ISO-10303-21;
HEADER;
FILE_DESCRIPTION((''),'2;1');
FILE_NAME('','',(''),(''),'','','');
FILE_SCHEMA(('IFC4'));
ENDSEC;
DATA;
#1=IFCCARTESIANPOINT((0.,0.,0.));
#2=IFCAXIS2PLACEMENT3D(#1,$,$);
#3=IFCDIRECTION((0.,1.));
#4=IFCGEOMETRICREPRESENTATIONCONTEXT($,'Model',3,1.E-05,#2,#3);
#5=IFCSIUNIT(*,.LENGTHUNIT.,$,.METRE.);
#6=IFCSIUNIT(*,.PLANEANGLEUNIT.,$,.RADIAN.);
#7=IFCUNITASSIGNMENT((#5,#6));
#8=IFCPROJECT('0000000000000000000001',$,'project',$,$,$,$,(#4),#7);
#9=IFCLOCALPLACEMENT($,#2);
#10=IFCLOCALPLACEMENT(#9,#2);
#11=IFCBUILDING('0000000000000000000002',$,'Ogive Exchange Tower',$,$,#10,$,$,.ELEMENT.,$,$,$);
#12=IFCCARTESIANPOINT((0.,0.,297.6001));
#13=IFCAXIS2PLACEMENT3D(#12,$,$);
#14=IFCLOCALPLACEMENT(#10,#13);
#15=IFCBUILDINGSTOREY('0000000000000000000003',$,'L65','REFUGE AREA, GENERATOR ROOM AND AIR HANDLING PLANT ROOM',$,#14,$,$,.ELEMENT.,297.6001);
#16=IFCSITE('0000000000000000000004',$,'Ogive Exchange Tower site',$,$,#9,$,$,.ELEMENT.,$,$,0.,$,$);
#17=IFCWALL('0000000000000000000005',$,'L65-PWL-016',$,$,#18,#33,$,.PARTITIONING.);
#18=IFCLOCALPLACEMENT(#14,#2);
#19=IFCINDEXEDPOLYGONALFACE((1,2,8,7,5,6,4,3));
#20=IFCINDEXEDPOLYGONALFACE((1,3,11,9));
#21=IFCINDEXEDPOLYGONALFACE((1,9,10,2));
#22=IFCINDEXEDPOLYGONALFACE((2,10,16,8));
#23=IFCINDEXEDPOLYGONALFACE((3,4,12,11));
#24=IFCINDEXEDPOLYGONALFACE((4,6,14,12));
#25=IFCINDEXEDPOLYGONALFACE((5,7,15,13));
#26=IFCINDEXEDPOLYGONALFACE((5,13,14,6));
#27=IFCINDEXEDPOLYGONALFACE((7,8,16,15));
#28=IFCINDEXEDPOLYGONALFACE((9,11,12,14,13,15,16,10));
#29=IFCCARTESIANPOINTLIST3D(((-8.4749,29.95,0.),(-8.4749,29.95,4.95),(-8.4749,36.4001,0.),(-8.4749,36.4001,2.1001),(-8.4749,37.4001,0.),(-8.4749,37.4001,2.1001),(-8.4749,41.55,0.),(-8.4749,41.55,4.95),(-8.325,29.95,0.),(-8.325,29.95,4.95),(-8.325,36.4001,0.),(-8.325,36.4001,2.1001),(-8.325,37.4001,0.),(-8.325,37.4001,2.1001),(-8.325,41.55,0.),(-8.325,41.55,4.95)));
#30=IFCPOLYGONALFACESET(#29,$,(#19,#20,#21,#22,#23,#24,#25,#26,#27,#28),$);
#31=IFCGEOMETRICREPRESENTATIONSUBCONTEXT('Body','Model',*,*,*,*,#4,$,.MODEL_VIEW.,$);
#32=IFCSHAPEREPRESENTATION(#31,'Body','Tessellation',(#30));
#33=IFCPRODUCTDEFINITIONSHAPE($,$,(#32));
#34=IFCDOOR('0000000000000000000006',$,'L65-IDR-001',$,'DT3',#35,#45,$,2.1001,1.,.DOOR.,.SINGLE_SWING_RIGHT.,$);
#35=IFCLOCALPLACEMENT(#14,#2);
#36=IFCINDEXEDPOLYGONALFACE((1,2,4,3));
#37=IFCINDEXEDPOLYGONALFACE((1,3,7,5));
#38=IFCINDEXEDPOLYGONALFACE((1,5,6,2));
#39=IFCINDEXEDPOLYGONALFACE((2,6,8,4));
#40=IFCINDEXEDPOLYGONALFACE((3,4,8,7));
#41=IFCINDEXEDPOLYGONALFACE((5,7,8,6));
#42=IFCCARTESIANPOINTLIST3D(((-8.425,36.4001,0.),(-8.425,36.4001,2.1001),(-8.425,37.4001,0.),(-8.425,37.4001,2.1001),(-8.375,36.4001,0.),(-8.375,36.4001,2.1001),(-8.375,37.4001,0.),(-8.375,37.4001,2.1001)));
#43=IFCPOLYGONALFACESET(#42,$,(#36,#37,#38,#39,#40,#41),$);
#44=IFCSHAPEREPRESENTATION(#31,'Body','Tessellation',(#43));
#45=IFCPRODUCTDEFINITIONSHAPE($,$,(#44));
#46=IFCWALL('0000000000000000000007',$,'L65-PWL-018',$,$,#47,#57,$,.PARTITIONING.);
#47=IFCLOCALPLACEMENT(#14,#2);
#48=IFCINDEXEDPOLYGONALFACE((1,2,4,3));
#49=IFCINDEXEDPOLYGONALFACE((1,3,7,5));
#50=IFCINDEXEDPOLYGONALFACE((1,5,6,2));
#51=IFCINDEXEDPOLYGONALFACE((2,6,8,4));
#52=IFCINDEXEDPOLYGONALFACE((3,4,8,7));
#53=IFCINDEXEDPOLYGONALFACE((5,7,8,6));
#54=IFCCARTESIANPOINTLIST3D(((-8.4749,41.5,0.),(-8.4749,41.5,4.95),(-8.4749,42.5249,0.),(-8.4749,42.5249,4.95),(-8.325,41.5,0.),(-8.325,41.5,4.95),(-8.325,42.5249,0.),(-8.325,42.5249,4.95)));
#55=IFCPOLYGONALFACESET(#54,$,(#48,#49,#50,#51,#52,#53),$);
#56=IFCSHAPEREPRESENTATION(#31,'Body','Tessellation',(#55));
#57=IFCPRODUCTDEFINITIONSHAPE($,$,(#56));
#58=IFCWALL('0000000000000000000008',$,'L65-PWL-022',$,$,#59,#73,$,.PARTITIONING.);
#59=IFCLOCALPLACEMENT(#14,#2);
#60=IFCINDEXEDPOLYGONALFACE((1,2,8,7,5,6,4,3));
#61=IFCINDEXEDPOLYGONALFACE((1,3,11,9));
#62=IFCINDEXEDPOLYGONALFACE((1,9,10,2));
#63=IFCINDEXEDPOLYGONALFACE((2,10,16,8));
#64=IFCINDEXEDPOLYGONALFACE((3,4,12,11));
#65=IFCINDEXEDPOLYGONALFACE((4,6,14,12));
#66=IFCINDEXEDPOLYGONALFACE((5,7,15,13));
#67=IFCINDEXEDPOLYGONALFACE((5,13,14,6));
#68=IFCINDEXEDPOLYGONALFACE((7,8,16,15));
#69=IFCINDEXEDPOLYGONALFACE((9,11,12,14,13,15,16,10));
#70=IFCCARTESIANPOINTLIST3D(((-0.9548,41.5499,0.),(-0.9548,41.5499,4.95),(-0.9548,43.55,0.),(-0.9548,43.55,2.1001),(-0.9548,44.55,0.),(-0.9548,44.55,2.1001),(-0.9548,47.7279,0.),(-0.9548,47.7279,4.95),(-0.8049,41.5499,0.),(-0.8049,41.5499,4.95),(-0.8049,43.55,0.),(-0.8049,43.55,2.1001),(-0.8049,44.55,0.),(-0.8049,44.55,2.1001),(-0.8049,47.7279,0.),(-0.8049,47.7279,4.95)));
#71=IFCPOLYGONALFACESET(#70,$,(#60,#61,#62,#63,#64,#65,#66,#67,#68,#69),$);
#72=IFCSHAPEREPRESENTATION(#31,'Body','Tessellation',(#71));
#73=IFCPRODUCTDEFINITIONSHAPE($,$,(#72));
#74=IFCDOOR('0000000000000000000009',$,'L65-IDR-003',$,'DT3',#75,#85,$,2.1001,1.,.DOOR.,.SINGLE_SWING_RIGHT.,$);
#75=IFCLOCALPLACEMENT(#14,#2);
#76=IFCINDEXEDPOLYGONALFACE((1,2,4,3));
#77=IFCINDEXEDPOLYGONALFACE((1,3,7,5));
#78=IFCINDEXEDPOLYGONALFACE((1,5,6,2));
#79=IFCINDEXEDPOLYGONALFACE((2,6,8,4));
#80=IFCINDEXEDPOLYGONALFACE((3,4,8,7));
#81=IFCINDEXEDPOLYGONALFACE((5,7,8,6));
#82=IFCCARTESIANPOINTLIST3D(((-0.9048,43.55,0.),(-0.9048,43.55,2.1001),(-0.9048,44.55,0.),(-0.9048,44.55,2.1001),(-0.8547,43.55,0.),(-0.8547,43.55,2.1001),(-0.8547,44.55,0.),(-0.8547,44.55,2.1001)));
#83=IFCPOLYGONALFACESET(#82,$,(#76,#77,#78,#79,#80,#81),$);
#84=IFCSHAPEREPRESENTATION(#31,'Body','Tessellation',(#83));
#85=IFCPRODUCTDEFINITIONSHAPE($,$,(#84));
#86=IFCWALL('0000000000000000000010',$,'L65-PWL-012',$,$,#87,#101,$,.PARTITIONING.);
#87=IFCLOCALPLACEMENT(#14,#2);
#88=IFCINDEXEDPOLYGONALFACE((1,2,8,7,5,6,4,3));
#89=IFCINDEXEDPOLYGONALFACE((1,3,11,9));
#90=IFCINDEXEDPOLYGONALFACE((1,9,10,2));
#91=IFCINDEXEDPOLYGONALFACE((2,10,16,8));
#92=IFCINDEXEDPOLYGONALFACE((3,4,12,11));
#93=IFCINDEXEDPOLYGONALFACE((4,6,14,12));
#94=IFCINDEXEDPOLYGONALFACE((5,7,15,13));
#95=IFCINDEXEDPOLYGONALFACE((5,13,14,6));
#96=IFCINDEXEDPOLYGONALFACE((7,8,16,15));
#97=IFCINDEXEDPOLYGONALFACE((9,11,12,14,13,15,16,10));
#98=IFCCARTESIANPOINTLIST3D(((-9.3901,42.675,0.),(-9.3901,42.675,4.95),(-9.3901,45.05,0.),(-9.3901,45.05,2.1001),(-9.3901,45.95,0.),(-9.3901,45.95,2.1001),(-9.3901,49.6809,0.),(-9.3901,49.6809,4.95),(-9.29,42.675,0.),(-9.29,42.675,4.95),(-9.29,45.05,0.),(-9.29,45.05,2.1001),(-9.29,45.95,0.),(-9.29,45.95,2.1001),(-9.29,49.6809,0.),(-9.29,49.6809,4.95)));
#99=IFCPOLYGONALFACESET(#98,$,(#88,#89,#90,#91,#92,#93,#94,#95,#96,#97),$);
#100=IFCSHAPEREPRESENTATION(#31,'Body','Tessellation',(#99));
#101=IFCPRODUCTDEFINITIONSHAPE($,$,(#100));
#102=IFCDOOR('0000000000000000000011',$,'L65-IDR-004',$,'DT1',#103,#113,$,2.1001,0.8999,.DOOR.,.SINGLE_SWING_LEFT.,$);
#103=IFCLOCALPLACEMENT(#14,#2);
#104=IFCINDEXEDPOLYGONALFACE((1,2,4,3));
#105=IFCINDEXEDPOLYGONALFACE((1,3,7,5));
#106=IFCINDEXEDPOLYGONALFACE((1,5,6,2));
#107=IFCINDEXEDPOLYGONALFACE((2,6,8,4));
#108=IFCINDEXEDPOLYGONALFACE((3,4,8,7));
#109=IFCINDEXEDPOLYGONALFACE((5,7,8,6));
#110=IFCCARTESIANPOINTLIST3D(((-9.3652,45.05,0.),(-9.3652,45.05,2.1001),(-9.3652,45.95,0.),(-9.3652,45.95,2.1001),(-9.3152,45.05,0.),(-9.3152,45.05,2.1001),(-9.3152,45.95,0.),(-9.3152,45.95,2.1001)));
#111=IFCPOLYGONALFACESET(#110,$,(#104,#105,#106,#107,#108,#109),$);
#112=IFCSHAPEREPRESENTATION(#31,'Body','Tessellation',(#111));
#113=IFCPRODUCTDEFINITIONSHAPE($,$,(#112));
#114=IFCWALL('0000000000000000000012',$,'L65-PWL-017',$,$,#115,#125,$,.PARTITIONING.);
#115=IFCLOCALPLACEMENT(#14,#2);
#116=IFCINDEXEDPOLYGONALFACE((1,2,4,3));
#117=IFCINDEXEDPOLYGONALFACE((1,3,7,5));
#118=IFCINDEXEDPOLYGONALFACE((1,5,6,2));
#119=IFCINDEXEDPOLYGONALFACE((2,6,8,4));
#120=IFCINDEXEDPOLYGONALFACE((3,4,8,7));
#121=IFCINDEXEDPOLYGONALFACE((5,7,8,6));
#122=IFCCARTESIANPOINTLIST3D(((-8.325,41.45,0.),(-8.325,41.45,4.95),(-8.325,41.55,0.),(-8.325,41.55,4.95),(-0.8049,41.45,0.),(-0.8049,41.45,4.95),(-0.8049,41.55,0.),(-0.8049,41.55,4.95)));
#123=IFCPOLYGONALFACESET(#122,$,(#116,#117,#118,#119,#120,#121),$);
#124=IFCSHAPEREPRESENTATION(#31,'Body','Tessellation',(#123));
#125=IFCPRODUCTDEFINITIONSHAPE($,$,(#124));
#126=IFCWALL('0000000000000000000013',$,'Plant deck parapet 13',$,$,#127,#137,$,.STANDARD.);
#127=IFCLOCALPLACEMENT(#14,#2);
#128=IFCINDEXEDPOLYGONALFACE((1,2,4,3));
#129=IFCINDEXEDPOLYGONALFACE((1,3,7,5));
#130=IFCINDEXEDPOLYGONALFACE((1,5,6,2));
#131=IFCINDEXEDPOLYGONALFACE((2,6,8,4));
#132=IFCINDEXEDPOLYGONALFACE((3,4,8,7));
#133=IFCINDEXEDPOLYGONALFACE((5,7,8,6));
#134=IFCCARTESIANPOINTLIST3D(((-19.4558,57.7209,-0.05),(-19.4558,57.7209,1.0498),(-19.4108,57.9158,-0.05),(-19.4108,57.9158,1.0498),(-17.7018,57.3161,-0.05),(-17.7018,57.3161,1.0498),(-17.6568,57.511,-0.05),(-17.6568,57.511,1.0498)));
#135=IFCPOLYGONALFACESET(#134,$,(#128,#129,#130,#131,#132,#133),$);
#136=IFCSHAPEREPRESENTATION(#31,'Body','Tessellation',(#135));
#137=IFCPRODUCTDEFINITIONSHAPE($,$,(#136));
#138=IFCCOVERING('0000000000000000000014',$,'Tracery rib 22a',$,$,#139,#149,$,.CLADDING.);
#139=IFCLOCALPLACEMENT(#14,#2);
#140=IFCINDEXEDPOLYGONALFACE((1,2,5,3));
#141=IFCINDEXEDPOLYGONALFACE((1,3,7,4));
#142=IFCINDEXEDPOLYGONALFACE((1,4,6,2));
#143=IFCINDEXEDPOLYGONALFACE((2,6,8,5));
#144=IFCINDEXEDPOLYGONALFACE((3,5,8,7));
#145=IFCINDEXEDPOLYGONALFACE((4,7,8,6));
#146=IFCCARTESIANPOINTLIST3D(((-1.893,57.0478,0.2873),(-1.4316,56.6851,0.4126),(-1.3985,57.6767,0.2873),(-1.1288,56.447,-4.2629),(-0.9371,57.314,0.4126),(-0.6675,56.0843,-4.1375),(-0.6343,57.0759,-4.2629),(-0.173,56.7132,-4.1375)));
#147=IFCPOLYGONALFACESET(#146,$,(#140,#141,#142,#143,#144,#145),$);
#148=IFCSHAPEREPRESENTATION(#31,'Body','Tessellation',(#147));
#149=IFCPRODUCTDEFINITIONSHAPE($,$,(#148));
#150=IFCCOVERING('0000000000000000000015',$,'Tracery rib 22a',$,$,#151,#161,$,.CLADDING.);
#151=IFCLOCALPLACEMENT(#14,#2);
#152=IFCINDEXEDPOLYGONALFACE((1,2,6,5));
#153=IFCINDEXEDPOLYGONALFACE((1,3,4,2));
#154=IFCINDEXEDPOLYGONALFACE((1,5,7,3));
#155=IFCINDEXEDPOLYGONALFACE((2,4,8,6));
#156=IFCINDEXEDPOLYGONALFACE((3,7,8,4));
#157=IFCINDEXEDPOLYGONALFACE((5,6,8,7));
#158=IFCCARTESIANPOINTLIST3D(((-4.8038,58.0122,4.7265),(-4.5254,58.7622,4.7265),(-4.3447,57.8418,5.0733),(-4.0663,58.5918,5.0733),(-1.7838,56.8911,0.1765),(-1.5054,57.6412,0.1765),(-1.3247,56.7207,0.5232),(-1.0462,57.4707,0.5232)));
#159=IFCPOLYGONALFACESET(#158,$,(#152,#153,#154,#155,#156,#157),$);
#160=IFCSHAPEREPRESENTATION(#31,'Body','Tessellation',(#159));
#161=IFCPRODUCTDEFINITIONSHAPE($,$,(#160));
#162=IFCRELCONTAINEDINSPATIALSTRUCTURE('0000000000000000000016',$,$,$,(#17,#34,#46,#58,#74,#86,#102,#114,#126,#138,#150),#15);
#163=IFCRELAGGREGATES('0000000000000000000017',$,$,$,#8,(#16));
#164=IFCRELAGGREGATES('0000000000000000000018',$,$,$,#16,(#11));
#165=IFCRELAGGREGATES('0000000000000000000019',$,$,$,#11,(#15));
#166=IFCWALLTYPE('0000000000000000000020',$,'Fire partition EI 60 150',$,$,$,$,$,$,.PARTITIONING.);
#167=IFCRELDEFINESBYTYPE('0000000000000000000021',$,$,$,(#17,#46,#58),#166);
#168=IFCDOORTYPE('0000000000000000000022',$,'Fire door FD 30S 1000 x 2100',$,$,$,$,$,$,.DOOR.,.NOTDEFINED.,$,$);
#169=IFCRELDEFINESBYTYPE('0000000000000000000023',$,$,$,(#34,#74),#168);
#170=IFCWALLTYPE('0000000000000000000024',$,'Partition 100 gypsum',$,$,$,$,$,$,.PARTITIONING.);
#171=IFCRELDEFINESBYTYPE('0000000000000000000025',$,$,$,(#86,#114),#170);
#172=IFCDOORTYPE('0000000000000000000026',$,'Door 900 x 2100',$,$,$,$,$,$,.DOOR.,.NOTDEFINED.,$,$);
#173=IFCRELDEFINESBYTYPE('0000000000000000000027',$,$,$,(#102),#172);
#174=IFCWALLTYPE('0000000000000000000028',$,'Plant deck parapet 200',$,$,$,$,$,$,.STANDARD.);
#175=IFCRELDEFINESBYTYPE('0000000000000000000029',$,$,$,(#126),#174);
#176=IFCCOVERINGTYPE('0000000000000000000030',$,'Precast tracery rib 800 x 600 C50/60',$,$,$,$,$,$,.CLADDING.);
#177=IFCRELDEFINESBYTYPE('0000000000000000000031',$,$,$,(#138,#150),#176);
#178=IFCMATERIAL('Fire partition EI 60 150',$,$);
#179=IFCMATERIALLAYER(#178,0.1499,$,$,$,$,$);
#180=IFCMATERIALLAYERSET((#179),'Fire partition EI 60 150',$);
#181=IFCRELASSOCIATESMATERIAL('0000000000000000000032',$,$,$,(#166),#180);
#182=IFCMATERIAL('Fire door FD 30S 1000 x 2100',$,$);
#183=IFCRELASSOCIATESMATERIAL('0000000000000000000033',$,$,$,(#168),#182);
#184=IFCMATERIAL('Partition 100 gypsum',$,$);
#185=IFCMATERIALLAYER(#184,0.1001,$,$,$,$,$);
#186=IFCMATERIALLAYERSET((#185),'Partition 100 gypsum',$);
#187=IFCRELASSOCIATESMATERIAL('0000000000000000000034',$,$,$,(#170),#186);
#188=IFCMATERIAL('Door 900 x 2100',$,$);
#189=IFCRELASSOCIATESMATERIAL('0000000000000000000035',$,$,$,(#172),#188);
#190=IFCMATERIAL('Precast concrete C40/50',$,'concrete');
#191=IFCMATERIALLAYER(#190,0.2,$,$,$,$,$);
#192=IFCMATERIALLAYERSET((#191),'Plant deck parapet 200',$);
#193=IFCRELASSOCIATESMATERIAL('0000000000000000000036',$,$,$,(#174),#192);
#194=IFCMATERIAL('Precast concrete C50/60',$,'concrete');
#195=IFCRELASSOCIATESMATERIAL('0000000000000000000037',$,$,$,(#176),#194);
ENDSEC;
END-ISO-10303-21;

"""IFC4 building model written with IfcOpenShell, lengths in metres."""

from ifc_helpers import new_model, si_unit, direction, frame, frame_2d, origin, origin_2d, place, context, subcontext, project, spatial, rectangle, extrude, material, layer, layer_set, material_profile, profile_set, type_object, element, fill, save


model = new_model("IFC4")

# Units and contexts
model_context = context("Model", 3, precision=1e-05, world=origin(), true_north=direction((0.0, 1.0)))
body_context = subcontext(model_context, "Body", "Model", "MODEL_VIEW")
ifc_project = project(units=[si_unit("LENGTHUNIT", "METRE"), si_unit("PLANEANGLEUNIT", "RADIAN")], contexts=[model_context])

# Site, building, storey
site_placement = place(None, origin())
site = spatial("IfcSite", under=ifc_project, at=site_placement, Name="Ogive Exchange Tower site", CompositionType="ELEMENT", RefElevation=0.0)
building_placement = place(site_placement, origin())
building = spatial("IfcBuilding", under=site, at=building_placement, Name="Ogive Exchange Tower", CompositionType="ELEMENT")
storey_placement = place(building_placement, frame((0.0, 0.0, 297.6001)))
storey = spatial("IfcBuildingStorey", under=building, at=storey_placement, Name="L65", Description="REFUGE AREA, GENERATOR ROOM AND AIR HANDLING PLANT ROOM", CompositionType="ELEMENT", Elevation=297.6001)

# Shared definitions
ifc_material_1 = material(Name="Fire partition EI 60 150")
ifc_layer_1 = layer(ifc_material_1, 0.1499)
ifc_layer_set_1 = layer_set([ifc_layer_1], Name="Fire partition EI 60 150")
wall_type_1 = type_object("IfcWallType", Name="Fire partition EI 60 150", PredefinedType="PARTITIONING", material=ifc_layer_set_1)

# Wall, opening, door
wall_1_placement = place(storey_placement, frame((-8.3999, 41.55, 0.0), z_axis=(0.0, 0.0, 1.0), x_axis=(0.0, -1.0, 0.0)))
wall_1 = element("IfcWall", 1, at=wall_1_placement, inside=storey, type_object=wall_type_1, Name="L65-PWL-016", PredefinedType="PARTITIONING", context=body_context, shape_type="SweptSolid", body=[
    extrude(rectangle(XDim=11.6001, YDim=0.1499, at=frame_2d((5.8, 0.0))), origin(), (0.0, 0.0, 1.0), 4.95),
])
opening_1_placement = place(wall_1_placement, frame((4.1499, 0.0, 0.0)))
opening_1 = element("IfcOpeningElement", 2, at=opening_1_placement, cuts=wall_1, PredefinedType="OPENING", context=body_context, shape_type="SweptSolid", body=[
    extrude(rectangle(XDim=1.0, YDim=2.1001, at=frame_2d((0.5, 1.05))), frame((0.0, 0.085, 0.0), z_axis=(0.0, -1.0, 0.0), x_axis=(1.0, 0.0, 0.0)), (0.0, 0.0, 1.0), 0.1699),
])
ifc_material_2 = material(Name="Fire door FD 30S 1000 x 2100")
door_type_1 = type_object("IfcDoorType", Name="Fire door FD 30S 1000 x 2100", OperationType="NOTDEFINED", PredefinedType="DOOR", material=ifc_material_2)
door_1_placement = place(opening_1_placement, origin())
door_1 = element("IfcDoor", 3, at=door_1_placement, inside=storey, type_object=door_type_1, Name="L65-IDR-001", ObjectType="DT3", OperationType="SINGLE_SWING_RIGHT", OverallHeight=2.1001, OverallWidth=1.0, PredefinedType="DOOR", context=body_context, shape_type="SweptSolid", body=[
    extrude(rectangle(XDim=1.0, YDim=2.1001, at=frame_2d((0.5, 1.05))), frame((0.0, 0.0249, 0.0), z_axis=(0.0, -1.0, 0.0), x_axis=(1.0, 0.0, 0.0)), (0.0, 0.0, 1.0), 0.05),
])
fill(opening_1, door_1)

# Wall
wall_2_placement = place(storey_placement, frame((-8.3999, 42.5249, 0.0), z_axis=(0.0, 0.0, 1.0), x_axis=(0.0, -1.0, 0.0)))
element("IfcWall", 4, at=wall_2_placement, inside=storey, type_object=wall_type_1, Name="L65-PWL-018", PredefinedType="PARTITIONING", context=body_context, shape_type="SweptSolid", body=[
    extrude(rectangle(XDim=1.0249, YDim=0.1499, at=frame_2d((0.5125, 0.0))), origin(), (0.0, 0.0, 1.0), 4.95),
])

# Walls, openings, doors
wall_3_placement = place(storey_placement, frame((-0.8799, 41.55, 0.0), z_axis=(0.0, 0.0, 1.0), x_axis=(0.0, 1.0, 0.0)))
wall_3 = element("IfcWall", 5, at=wall_3_placement, inside=storey, type_object=wall_type_1, Name="L65-PWL-022", PredefinedType="PARTITIONING", context=body_context, shape_type="SweptSolid", body=[
    extrude(rectangle(XDim=6.178, YDim=0.1499, at=frame_2d((3.0889, 0.0))), origin(), (0.0, 0.0, 1.0), 4.95),
])
opening_2_placement = place(wall_3_placement, frame((2.0, 0.0, 0.0)))
opening_2 = element("IfcOpeningElement", 6, at=opening_2_placement, cuts=wall_3, PredefinedType="OPENING", context=body_context, shape_type="SweptSolid", body=[
    extrude(rectangle(XDim=1.0, YDim=2.1001, at=frame_2d((0.5, 1.05))), frame((0.0, 0.085, 0.0), z_axis=(0.0, -1.0, 0.0), x_axis=(1.0, 0.0, 0.0)), (0.0, 0.0, 1.0), 0.1699),
])
door_2_placement = place(opening_2_placement, origin())
door_2 = element("IfcDoor", 7, at=door_2_placement, inside=storey, type_object=door_type_1, Name="L65-IDR-003", ObjectType="DT3", OperationType="SINGLE_SWING_RIGHT", OverallHeight=2.1001, OverallWidth=1.0, PredefinedType="DOOR", context=body_context, shape_type="SweptSolid", body=[
    extrude(rectangle(XDim=1.0, YDim=2.1001, at=frame_2d((0.5, 1.05))), frame((0.0, 0.0249, 0.0), z_axis=(0.0, -1.0, 0.0), x_axis=(1.0, 0.0, 0.0)), (0.0, 0.0, 1.0), 0.05),
])
fill(opening_2, door_2)
ifc_material_3 = material(Name="Partition 100 gypsum")
ifc_layer_2 = layer(ifc_material_3, 0.1001)
ifc_layer_set_2 = layer_set([ifc_layer_2], Name="Partition 100 gypsum")
wall_type_2 = type_object("IfcWallType", Name="Partition 100 gypsum", PredefinedType="PARTITIONING", material=ifc_layer_set_2)
wall_4_placement = place(storey_placement, frame((-9.3401, 42.675, 0.0), z_axis=(0.0, 0.0, 1.0), x_axis=(0.0, 1.0, 0.0)))
wall_4 = element("IfcWall", 8, at=wall_4_placement, inside=storey, type_object=wall_type_2, Name="L65-PWL-012", PredefinedType="PARTITIONING", context=body_context, shape_type="SweptSolid", body=[
    extrude(rectangle(XDim=7.0059, YDim=0.1001, at=frame_2d((3.5029, 0.0))), origin(), (0.0, 0.0, 1.0), 4.95),
])
opening_3_placement = place(wall_4_placement, frame((2.375, 0.0, 0.0)))
opening_3 = element("IfcOpeningElement", 9, at=opening_3_placement, cuts=wall_4, PredefinedType="OPENING", context=body_context, shape_type="SweptSolid", body=[
    extrude(rectangle(XDim=0.8999, YDim=2.1001, at=frame_2d((0.45, 1.05))), frame((0.0, 0.0601, 0.0), z_axis=(0.0, -1.0, 0.0), x_axis=(1.0, 0.0, 0.0)), (0.0, 0.0, 1.0), 0.1201),
])
ifc_material_4 = material(Name="Door 900 x 2100")
door_type_2 = type_object("IfcDoorType", Name="Door 900 x 2100", OperationType="NOTDEFINED", PredefinedType="DOOR", material=ifc_material_4)
door_3_placement = place(opening_3_placement, frame((0.8999, 0.0, 0.0), z_axis=(0.0, 0.0, 1.0), x_axis=(-1.0, 0.0, 0.0)))
door_3 = element("IfcDoor", 10, at=door_3_placement, inside=storey, type_object=door_type_2, Name="L65-IDR-004", ObjectType="DT1", OperationType="SINGLE_SWING_LEFT", OverallHeight=2.1001, OverallWidth=0.8999, PredefinedType="DOOR", context=body_context, shape_type="SweptSolid", body=[
    extrude(rectangle(XDim=0.8999, YDim=2.1001, at=frame_2d((0.45, 1.05))), frame((0.0, 0.0249, 0.0), z_axis=(0.0, -1.0, 0.0), x_axis=(1.0, 0.0, 0.0)), (0.0, 0.0, 1.0), 0.05),
])
fill(opening_3, door_3)

# Walls
wall_5_placement = place(storey_placement, frame((-8.325, 41.5, 0.0), z_axis=(0.0, 0.0, 1.0), x_axis=(1.0, 0.0, 0.0)))
element("IfcWall", 11, at=wall_5_placement, inside=storey, type_object=wall_type_2, Name="L65-PWL-017", PredefinedType="PARTITIONING", context=body_context, shape_type="SweptSolid", body=[
    extrude(rectangle(XDim=7.52, YDim=0.1001, at=frame_2d((3.76, 0.0))), origin(), (0.0, 0.0, 1.0), 4.95),
])
ifc_material_5 = material(Name="Precast concrete C40/50", Category="concrete")
ifc_layer_3 = layer(ifc_material_5, 0.2)
ifc_layer_set_3 = layer_set([ifc_layer_3], Name="Plant deck parapet 200")
wall_type_3 = type_object("IfcWallType", Name="Plant deck parapet 200", PredefinedType="STANDARD", material=ifc_layer_set_3)
wall_6_placement = place(storey_placement, frame((-17.6794, 57.4136, -0.05), z_axis=(0.0, 0.0, 1.0), x_axis=(-0.974387, 0.224879, 0.0)))
element("IfcWall", 12, at=wall_6_placement, inside=storey, type_object=wall_type_3, Name="Plant deck parapet 13", PredefinedType="STANDARD", context=body_context, shape_type="SweptSolid", body=[
    extrude(rectangle(XDim=1.8, YDim=0.2, at=frame_2d((0.8999, 0.0))), origin(), (0.0, 0.0, 1.0), 1.0999),
])

# Coverings
ifc_material_6 = material(Name="Precast concrete C50/60", Category="concrete")
ifc_material_profile_1 = material_profile(ifc_material_6, rectangle(XDim=0.8, YDim=0.6001, at=origin_2d()), Name="RIB 800 x 600")
ifc_profile_set_1 = profile_set([ifc_material_profile_1], Name="Precast concrete C50/60")
covering_type = type_object("IfcCoveringType", Name="Precast tracery rib 800 x 600 C50/60", PredefinedType="CLADDING", material=ifc_profile_set_1)
covering_1_placement = place(storey_placement, frame((-0.6509, 56.5801, -4.2002), z_axis=(-0.164239, 0.129135, 0.977931), x_axis=(-0.618088, -0.786109, 0.0)))
element("IfcCovering", 13, at=covering_1_placement, inside=storey, type_object=covering_type, Name="Tracery rib 22a", PredefinedType="CLADDING", context=body_context, shape_type="SweptSolid", body=[
    extrude(rectangle(XDim=0.8, YDim=0.6001, at=origin_2d()), origin(), (0.0, 0.0, 1.0), 4.6528),
])
covering_2_placement = place(storey_placement, frame((-1.415, 57.1809, 0.3499), z_axis=(-0.54171, 0.201094, 0.816156), x_axis=(-0.348015, -0.937489, 0.0)))
element("IfcCovering", 14, at=covering_2_placement, inside=storey, type_object=covering_type, Name="Tracery rib 22a", PredefinedType="CLADDING", context=body_context, shape_type="SweptSolid", body=[
    extrude(rectangle(XDim=0.8, YDim=0.6001, at=origin_2d()), origin(), (0.0, 0.0, 1.0), 5.575),
])

save(model, "model.ifc")
